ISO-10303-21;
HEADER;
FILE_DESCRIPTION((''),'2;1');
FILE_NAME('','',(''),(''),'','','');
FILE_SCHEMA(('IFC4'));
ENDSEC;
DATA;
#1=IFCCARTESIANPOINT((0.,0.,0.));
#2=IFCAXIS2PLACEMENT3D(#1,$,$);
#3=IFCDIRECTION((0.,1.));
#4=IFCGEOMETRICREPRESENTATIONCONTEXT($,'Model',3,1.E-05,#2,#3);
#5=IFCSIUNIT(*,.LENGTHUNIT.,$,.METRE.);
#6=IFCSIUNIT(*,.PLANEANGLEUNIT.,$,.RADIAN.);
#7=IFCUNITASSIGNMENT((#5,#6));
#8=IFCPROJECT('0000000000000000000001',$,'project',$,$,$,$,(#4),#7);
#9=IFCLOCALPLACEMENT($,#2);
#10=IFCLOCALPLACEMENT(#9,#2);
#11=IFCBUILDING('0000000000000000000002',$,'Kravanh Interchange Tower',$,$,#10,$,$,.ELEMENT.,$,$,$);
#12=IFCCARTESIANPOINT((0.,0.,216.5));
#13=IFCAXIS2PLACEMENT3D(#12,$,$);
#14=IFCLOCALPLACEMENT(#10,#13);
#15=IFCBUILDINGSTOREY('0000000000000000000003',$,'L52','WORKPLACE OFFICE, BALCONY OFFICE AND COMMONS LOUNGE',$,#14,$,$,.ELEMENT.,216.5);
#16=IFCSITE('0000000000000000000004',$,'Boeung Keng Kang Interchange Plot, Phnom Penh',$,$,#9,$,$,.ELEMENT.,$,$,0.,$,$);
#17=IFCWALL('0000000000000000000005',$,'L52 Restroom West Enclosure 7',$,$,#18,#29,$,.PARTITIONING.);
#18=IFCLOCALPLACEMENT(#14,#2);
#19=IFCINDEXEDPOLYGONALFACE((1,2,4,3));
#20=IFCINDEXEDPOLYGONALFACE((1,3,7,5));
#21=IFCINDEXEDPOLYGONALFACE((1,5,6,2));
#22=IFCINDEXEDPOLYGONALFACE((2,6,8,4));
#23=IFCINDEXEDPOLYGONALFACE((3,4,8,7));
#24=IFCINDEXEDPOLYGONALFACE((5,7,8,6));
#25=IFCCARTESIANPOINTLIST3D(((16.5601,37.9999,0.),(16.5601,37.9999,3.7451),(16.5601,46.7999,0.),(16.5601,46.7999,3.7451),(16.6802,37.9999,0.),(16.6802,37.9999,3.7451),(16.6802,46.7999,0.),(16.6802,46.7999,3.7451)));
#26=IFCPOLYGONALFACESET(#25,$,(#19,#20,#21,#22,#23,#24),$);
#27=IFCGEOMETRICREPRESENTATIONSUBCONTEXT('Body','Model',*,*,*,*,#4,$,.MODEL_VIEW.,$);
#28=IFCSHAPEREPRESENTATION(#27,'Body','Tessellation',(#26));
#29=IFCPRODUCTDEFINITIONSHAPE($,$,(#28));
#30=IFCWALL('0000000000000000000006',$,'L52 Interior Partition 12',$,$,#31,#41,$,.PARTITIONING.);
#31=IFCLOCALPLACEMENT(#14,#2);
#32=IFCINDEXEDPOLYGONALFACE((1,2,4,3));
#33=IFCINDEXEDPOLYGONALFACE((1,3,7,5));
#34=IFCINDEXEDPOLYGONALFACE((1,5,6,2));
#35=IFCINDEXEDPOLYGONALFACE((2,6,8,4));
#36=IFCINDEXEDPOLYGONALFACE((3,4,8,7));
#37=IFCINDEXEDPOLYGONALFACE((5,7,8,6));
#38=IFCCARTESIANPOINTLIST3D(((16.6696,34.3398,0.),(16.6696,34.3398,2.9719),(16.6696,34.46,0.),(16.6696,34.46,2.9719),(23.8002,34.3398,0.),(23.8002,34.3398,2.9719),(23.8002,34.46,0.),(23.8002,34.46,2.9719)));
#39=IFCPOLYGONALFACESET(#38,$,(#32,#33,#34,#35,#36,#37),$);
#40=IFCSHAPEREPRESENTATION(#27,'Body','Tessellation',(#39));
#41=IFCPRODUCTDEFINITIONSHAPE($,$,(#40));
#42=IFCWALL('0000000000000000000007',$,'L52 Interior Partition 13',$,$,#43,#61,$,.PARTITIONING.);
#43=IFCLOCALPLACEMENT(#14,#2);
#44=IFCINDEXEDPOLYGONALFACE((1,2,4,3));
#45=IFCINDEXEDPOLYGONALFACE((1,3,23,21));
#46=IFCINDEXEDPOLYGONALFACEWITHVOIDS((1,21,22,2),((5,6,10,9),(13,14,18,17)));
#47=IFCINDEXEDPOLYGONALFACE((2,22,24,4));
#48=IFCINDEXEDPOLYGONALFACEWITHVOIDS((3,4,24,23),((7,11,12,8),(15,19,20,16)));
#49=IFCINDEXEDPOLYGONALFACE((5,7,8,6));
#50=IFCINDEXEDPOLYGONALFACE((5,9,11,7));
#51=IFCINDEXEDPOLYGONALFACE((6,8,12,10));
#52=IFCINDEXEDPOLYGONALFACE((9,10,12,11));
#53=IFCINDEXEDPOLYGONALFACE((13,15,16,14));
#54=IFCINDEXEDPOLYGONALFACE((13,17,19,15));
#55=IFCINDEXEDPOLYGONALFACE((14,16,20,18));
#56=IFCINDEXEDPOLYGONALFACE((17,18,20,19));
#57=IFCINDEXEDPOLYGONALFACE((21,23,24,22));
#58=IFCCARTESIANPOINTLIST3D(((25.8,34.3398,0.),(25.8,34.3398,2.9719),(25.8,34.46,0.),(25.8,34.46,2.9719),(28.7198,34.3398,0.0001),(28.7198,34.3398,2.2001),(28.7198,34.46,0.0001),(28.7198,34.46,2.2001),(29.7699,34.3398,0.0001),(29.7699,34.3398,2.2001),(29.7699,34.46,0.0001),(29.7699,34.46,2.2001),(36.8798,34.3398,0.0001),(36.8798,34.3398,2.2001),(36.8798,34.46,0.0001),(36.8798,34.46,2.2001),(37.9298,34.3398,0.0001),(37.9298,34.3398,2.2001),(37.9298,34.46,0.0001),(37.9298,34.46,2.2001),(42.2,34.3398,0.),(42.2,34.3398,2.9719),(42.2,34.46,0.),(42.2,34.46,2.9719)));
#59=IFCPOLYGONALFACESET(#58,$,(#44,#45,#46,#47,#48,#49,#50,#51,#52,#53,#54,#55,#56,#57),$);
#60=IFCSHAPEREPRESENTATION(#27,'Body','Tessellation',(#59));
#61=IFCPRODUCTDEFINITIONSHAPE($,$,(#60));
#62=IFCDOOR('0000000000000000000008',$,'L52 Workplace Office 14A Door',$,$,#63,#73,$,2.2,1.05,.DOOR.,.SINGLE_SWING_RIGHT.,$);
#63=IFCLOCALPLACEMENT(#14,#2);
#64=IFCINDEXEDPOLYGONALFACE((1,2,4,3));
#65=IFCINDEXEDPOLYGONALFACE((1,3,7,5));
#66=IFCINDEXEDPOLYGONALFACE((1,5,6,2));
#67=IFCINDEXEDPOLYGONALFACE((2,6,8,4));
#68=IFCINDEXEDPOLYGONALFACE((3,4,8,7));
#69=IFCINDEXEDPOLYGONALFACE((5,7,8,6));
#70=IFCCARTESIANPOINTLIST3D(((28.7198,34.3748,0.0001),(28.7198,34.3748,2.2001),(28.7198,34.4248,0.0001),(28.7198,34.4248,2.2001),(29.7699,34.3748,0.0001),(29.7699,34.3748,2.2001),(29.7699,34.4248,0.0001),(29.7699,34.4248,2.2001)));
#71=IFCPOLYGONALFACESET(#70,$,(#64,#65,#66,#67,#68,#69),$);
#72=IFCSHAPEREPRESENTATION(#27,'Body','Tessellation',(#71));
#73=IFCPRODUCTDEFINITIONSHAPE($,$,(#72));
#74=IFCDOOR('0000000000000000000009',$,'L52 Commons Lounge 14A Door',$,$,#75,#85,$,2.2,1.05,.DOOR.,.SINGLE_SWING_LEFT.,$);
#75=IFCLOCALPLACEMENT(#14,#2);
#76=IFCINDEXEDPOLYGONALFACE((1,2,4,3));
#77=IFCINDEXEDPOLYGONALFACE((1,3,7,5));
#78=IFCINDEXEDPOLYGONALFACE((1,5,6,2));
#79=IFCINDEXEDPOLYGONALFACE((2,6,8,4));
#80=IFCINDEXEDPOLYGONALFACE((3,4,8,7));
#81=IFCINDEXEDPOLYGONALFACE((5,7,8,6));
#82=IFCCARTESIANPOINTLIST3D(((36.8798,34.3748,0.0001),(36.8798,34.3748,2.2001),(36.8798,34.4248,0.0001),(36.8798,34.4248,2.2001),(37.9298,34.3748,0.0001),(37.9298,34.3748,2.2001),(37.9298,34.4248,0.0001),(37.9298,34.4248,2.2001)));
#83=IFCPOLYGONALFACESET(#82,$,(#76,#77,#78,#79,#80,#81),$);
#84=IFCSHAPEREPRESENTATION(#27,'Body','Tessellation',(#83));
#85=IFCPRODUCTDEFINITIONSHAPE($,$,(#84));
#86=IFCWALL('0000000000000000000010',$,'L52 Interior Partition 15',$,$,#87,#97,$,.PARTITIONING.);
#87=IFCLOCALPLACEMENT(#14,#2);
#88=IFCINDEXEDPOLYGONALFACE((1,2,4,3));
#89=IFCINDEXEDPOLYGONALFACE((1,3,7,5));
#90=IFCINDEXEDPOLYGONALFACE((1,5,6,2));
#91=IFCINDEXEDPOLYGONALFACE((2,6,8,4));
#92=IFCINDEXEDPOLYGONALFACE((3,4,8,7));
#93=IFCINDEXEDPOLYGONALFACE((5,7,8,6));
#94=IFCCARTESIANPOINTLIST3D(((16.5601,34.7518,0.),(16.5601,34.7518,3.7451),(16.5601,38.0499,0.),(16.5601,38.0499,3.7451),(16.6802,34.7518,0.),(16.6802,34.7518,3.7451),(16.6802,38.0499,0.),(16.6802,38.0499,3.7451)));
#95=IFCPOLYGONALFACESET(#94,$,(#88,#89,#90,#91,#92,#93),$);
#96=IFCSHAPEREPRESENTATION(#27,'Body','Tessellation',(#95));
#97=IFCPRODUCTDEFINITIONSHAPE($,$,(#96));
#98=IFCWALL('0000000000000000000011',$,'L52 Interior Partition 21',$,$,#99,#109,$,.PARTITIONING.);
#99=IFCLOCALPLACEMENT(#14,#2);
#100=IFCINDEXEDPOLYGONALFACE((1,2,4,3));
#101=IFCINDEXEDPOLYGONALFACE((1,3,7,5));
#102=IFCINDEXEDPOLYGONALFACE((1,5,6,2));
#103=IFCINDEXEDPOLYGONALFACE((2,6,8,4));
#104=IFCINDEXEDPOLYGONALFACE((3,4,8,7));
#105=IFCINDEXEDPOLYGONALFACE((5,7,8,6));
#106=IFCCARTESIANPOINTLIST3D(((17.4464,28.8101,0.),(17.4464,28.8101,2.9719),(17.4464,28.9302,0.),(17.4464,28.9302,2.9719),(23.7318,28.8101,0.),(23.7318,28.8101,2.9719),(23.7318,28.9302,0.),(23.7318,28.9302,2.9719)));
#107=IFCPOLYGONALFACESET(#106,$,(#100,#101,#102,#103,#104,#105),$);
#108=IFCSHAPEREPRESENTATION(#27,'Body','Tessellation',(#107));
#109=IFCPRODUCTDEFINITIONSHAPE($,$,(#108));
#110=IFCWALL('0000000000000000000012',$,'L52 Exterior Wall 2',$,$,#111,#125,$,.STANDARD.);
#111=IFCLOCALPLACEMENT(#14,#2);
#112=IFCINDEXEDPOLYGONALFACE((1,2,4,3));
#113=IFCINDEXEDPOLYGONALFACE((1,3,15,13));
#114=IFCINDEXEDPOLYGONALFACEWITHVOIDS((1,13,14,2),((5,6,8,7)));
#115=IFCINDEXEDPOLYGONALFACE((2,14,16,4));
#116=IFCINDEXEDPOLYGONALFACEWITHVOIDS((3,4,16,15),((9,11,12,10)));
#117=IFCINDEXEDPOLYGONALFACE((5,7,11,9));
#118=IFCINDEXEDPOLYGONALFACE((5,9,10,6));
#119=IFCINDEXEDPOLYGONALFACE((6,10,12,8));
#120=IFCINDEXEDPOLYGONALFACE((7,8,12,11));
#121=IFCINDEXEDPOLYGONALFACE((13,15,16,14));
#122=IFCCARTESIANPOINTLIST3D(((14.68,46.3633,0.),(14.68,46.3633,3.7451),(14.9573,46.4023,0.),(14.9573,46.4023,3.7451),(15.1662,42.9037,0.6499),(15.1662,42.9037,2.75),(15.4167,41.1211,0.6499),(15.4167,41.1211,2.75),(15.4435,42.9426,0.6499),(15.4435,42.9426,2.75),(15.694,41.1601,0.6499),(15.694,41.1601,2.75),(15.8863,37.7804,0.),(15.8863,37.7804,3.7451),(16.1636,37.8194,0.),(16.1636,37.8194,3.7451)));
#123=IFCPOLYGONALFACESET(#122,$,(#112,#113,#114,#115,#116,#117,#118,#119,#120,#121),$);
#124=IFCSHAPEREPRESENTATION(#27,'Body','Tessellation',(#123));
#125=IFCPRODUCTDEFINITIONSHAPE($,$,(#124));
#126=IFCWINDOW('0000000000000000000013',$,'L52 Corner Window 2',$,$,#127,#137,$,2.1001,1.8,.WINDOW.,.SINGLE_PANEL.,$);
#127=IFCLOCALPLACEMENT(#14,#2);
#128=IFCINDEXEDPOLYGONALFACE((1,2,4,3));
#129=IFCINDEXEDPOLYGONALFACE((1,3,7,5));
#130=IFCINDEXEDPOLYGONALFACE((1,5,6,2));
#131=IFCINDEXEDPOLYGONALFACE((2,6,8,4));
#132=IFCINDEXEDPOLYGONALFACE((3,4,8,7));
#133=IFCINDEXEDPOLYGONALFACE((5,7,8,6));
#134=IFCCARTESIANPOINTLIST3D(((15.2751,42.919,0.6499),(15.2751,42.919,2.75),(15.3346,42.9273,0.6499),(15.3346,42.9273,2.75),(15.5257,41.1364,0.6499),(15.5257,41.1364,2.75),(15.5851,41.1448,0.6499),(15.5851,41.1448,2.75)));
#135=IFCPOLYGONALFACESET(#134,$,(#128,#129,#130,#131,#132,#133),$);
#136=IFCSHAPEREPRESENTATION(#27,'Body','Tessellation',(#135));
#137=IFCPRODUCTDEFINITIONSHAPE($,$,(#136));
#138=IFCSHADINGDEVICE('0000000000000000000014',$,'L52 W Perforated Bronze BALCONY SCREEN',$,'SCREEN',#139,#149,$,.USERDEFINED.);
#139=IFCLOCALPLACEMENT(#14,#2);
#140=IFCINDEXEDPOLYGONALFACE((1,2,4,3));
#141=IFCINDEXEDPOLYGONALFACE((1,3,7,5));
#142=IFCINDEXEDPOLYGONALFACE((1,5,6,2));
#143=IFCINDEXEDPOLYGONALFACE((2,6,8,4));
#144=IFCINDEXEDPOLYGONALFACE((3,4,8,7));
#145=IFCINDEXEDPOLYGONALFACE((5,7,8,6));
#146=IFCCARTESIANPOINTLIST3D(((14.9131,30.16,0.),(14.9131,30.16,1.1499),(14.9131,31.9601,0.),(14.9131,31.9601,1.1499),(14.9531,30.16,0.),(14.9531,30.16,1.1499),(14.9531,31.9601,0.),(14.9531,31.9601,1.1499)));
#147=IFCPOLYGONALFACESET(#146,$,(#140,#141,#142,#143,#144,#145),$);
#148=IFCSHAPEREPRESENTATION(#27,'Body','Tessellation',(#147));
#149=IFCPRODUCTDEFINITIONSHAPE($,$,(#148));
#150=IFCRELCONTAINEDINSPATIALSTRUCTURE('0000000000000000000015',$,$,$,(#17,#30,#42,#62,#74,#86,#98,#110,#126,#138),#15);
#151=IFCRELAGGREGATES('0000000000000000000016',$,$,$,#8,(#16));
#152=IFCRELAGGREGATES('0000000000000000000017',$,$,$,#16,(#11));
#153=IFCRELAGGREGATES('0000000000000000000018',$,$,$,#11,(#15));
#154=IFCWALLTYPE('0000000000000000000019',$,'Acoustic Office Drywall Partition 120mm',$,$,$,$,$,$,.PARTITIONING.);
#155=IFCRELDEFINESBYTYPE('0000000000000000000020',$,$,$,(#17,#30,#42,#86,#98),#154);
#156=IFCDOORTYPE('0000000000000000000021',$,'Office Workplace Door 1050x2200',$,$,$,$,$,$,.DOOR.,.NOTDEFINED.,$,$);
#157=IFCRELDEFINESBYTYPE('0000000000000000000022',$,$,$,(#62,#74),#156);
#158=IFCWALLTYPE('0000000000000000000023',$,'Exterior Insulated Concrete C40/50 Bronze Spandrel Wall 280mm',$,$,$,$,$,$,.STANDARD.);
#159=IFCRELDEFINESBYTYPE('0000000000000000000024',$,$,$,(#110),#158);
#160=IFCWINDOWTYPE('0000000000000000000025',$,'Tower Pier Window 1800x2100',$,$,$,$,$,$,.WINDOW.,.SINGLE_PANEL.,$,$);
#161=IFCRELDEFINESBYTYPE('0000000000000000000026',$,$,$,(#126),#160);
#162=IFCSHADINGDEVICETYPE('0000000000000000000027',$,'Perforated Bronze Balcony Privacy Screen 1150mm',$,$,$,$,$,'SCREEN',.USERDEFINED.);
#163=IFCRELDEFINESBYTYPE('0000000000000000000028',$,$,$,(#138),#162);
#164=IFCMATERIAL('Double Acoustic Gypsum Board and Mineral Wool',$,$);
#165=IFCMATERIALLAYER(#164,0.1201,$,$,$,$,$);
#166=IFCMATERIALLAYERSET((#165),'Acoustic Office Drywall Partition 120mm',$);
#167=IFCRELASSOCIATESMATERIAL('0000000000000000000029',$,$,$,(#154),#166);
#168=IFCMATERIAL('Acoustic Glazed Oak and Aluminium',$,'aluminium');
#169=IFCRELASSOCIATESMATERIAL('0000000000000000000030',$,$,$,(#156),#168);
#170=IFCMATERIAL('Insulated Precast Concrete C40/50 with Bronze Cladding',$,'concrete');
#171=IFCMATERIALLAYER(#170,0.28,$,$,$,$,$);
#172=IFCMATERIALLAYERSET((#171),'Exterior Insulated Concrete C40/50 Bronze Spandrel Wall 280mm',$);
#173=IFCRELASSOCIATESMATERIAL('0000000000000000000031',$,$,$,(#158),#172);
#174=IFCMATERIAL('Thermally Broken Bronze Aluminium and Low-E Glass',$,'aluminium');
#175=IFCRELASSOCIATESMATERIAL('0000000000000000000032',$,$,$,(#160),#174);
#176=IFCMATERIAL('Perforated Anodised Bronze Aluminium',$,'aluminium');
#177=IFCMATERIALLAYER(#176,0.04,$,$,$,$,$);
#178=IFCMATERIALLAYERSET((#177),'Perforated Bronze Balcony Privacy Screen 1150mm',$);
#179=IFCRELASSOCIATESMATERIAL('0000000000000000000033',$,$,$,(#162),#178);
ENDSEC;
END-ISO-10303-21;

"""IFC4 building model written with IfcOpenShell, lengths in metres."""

from ifc_helpers import new_model, si_unit, direction, frame, frame_2d, origin, origin_2d, place, context, subcontext, project, spatial, rectangle, extrude, material, layer, layer_set, type_object, element, fill, save


model = new_model("IFC4")

# Units and contexts
model_context = context("Model", 3, precision=1e-05, world=origin(), true_north=direction((0.0, 1.0)))
body_context = subcontext(model_context, "Body", "Model", "MODEL_VIEW")
ifc_project = project(units=[si_unit("LENGTHUNIT", "METRE"), si_unit("PLANEANGLEUNIT", "RADIAN")], contexts=[model_context])

# Site, building, storey
site_placement = place(None, origin())
site = spatial("IfcSite", under=ifc_project, at=site_placement, Name="Boeung Keng Kang Interchange Plot, Phnom Penh", CompositionType="ELEMENT", RefElevation=0.0)
building_placement = place(site_placement, origin())
building = spatial("IfcBuilding", under=site, at=building_placement, Name="Kravanh Interchange Tower", CompositionType="ELEMENT")
storey_placement = place(building_placement, frame((0.0, 0.0, 216.5)))
storey = spatial("IfcBuildingStorey", under=building, at=storey_placement, Name="L52", Description="WORKPLACE OFFICE, BALCONY OFFICE AND COMMONS LOUNGE", CompositionType="ELEMENT", Elevation=216.5)

# Shared definitions
ifc_material_1 = material(Name="Double Acoustic Gypsum Board and Mineral Wool")
ifc_layer_1 = layer(ifc_material_1, 0.1201)
ifc_layer_set_1 = layer_set([ifc_layer_1], Name="Acoustic Office Drywall Partition 120mm")
wall_type_1 = type_object("IfcWallType", Name="Acoustic Office Drywall Partition 120mm", PredefinedType="PARTITIONING", material=ifc_layer_set_1)

# Walls
wall_1_placement = place(storey_placement, frame((16.6201, 38.0, 0.0), z_axis=(0.0, 0.0, 1.0), x_axis=(0.0, 1.0, 0.0)))
element("IfcWall", 1, at=wall_1_placement, inside=storey, type_object=wall_type_1, Name="L52 Restroom West Enclosure 7", PredefinedType="PARTITIONING", context=body_context, shape_type="SweptSolid", body=[
    extrude(rectangle(XDim=8.8, YDim=0.1201, at=frame_2d((4.3999, 0.0))), origin(), (0.0, 0.0, 1.0), 3.7451),
])
wall_2_placement = place(storey_placement, frame((16.6694, 34.3999, 0.0), z_axis=(0.0, 0.0, 1.0), x_axis=(1.0, 0.0, 0.0)))
element("IfcWall", 2, at=wall_2_placement, inside=storey, type_object=wall_type_1, Name="L52 Interior Partition 12", PredefinedType="PARTITIONING", context=body_context, shape_type="SweptSolid", body=[
    extrude(rectangle(XDim=7.1306, YDim=0.1201, at=frame_2d((3.5654, 0.0))), origin(), (0.0, 0.0, 1.0), 2.9719),
])

# Wall, openings, doors
wall_3_placement = place(storey_placement, frame((25.8, 34.3999, 0.0), z_axis=(0.0, 0.0, 1.0), x_axis=(1.0, 0.0, 0.0)))
wall_3 = element("IfcWall", 3, at=wall_3_placement, inside=storey, type_object=wall_type_1, Name="L52 Interior Partition 13", PredefinedType="PARTITIONING", context=body_context, shape_type="SweptSolid", body=[
    extrude(rectangle(XDim=16.3999, YDim=0.1201, at=frame_2d((8.2, 0.0))), origin(), (0.0, 0.0, 1.0), 2.9719),
])
opening_1_placement = place(wall_3_placement, frame((2.9199, 0.0, 0.0)))
opening_1 = element("IfcOpeningElement", 4, at=opening_1_placement, cuts=wall_3, PredefinedType="OPENING", context=body_context, shape_type="SweptSolid", body=[
    extrude(rectangle(XDim=1.05, YDim=2.2, at=frame_2d((0.5249, 1.1001))), frame((0.0, 0.0701, 0.0), z_axis=(0.0, -1.0, 0.0), x_axis=(1.0, 0.0, 0.0)), (0.0, 0.0, 1.0), 0.1401),
])
opening_2_placement = place(wall_3_placement, frame((11.0798, 0.0, 0.0)))
opening_2 = element("IfcOpeningElement", 5, at=opening_2_placement, cuts=wall_3, PredefinedType="OPENING", context=body_context, shape_type="SweptSolid", body=[
    extrude(rectangle(XDim=1.05, YDim=2.2, at=frame_2d((0.5249, 1.1001))), frame((0.0, 0.0701, 0.0), z_axis=(0.0, -1.0, 0.0), x_axis=(1.0, 0.0, 0.0)), (0.0, 0.0, 1.0), 0.1401),
])
ifc_material_2 = material(Name="Acoustic Glazed Oak and Aluminium", Category="aluminium")
door_type_1 = type_object("IfcDoorType", Name="Office Workplace Door 1050x2200", OperationType="NOTDEFINED", PredefinedType="DOOR", material=ifc_material_2)
door_1_placement = place(opening_1_placement, origin())
door_1 = element("IfcDoor", 6, at=door_1_placement, inside=storey, type_object=door_type_1, Name="L52 Workplace Office 14A Door", OperationType="SINGLE_SWING_RIGHT", OverallHeight=2.2, OverallWidth=1.05, PredefinedType="DOOR", context=body_context, shape_type="SweptSolid", body=[
    extrude(rectangle(XDim=1.05, YDim=2.2, at=frame_2d((0.5249, 1.1001))), frame((0.0, 0.0249, 0.0), z_axis=(0.0, -1.0, 0.0), x_axis=(1.0, 0.0, 0.0)), (0.0, 0.0, 1.0), 0.05),
])
fill(opening_1, door_1)
door_2_placement = place(opening_2_placement, origin())
door_2 = element("IfcDoor", 7, at=door_2_placement, inside=storey, type_object=door_type_1, Name="L52 Commons Lounge 14A Door", OperationType="SINGLE_SWING_LEFT", OverallHeight=2.2, OverallWidth=1.05, PredefinedType="DOOR", context=body_context, shape_type="SweptSolid", body=[
    extrude(rectangle(XDim=1.05, YDim=2.2, at=frame_2d((0.5249, 1.1001))), frame((0.0, 0.0249, 0.0), z_axis=(0.0, -1.0, 0.0), x_axis=(1.0, 0.0, 0.0)), (0.0, 0.0, 1.0), 0.05),
])
fill(opening_2, door_2)

# Walls
wall_4_placement = place(storey_placement, frame((16.6201, 34.752, 0.0), z_axis=(0.0, 0.0, 1.0), x_axis=(0.0, 1.0, 0.0)))
element("IfcWall", 8, at=wall_4_placement, inside=storey, type_object=wall_type_1, Name="L52 Interior Partition 15", PredefinedType="PARTITIONING", context=body_context, shape_type="SweptSolid", body=[
    extrude(rectangle(XDim=3.2981, YDim=0.1201, at=frame_2d((1.6489, 0.0))), origin(), (0.0, 0.0, 1.0), 3.7451),
])
wall_5_placement = place(storey_placement, frame((17.4465, 28.8701, 0.0), z_axis=(0.0, 0.0, 1.0), x_axis=(1.0, 0.0, 0.0)))
element("IfcWall", 9, at=wall_5_placement, inside=storey, type_object=wall_type_1, Name="L52 Interior Partition 21", PredefinedType="PARTITIONING", context=body_context, shape_type="SweptSolid", body=[
    extrude(rectangle(XDim=6.2854, YDim=0.1201, at=frame_2d((3.1426, 0.0))), origin(), (0.0, 0.0, 1.0), 2.9719),
])

# Wall, opening, window
ifc_material_3 = material(Name="Insulated Precast Concrete C40/50 with Bronze Cladding", Category="concrete")
ifc_layer_2 = layer(ifc_material_3, 0.28)
ifc_layer_set_2 = layer_set([ifc_layer_2], Name="Exterior Insulated Concrete C40/50 Bronze Spandrel Wall 280mm")
wall_type_2 = type_object("IfcWallType", Name="Exterior Insulated Concrete C40/50 Bronze Spandrel Wall 280mm", PredefinedType="STANDARD", material=ifc_layer_set_2)
wall_6_placement = place(storey_placement, frame((16.0249, 37.8, 0.0), z_axis=(0.0, 0.0, 1.0), x_axis=(-0.139181, 0.990267, 0.0)))
wall_6 = element("IfcWall", 10, at=wall_6_placement, inside=storey, type_object=wall_type_2, Name="L52 Exterior Wall 2", PredefinedType="STANDARD", context=body_context, shape_type="SweptSolid", body=[
    extrude(rectangle(XDim=8.6672, YDim=0.28, at=frame_2d((4.3335, 0.0))), origin(), (0.0, 0.0, 1.0), 3.7451),
])
opening_3_placement = place(wall_6_placement, frame((3.3735, 0.0, 0.6499)))
opening_3 = element("IfcOpeningElement", 11, at=opening_3_placement, cuts=wall_6, PredefinedType="OPENING", context=body_context, shape_type="SweptSolid", body=[
    extrude(rectangle(XDim=1.8, YDim=2.1001, at=frame_2d((0.8999, 1.05))), frame((0.0, 0.1499, 0.0), z_axis=(0.0, -1.0, 0.0), x_axis=(1.0, 0.0, 0.0)), (0.0, 0.0, 1.0), 0.3),
])
ifc_material_4 = material(Name="Thermally Broken Bronze Aluminium and Low-E Glass", Category="aluminium")
window_type = type_object("IfcWindowType", Name="Tower Pier Window 1800x2100", PartitioningType="SINGLE_PANEL", PredefinedType="WINDOW", material=ifc_material_4)
window_placement = place(opening_3_placement, origin())
window = element("IfcWindow", 12, at=window_placement, inside=storey, type_object=window_type, Name="L52 Corner Window 2", OverallHeight=2.1001, OverallWidth=1.8, PartitioningType="SINGLE_PANEL", PredefinedType="WINDOW", context=body_context, shape_type="SweptSolid", body=[
    extrude(rectangle(XDim=1.8, YDim=2.1001, at=frame_2d((0.8999, 1.05))), frame((0.0, 0.03, 0.0), z_axis=(0.0, -1.0, 0.0), x_axis=(1.0, 0.0, 0.0)), (0.0, 0.0, 1.0), 0.0601),
])
fill(opening_3, window)

# Shading device
ifc_material_5 = material(Name="Perforated Anodised Bronze Aluminium", Category="aluminium")
ifc_layer_3 = layer(ifc_material_5, 0.04)
ifc_layer_set_3 = layer_set([ifc_layer_3], Name="Perforated Bronze Balcony Privacy Screen 1150mm")
shading_device_type = type_object("IfcShadingDeviceType", Name="Perforated Bronze Balcony Privacy Screen 1150mm", ElementType="SCREEN", PredefinedType="USERDEFINED", material=ifc_layer_set_3)
shading_device_placement = place(storey_placement, frame((14.9331, 31.0601, 0.0), z_axis=(0.0, 0.0, 1.0), x_axis=(1.0, 0.0, 0.0)))
element("IfcShadingDevice", 13, at=shading_device_placement, inside=storey, type_object=shading_device_type, Name="L52 W Perforated Bronze BALCONY SCREEN", ObjectType="SCREEN", PredefinedType="USERDEFINED", context=body_context, shape_type="SweptSolid", body=[
    extrude(rectangle(XDim=0.04, YDim=1.8, at=origin_2d()), origin(), (0.0, 0.0, 1.0), 1.1499),
])

save(model, "model.ifc")
